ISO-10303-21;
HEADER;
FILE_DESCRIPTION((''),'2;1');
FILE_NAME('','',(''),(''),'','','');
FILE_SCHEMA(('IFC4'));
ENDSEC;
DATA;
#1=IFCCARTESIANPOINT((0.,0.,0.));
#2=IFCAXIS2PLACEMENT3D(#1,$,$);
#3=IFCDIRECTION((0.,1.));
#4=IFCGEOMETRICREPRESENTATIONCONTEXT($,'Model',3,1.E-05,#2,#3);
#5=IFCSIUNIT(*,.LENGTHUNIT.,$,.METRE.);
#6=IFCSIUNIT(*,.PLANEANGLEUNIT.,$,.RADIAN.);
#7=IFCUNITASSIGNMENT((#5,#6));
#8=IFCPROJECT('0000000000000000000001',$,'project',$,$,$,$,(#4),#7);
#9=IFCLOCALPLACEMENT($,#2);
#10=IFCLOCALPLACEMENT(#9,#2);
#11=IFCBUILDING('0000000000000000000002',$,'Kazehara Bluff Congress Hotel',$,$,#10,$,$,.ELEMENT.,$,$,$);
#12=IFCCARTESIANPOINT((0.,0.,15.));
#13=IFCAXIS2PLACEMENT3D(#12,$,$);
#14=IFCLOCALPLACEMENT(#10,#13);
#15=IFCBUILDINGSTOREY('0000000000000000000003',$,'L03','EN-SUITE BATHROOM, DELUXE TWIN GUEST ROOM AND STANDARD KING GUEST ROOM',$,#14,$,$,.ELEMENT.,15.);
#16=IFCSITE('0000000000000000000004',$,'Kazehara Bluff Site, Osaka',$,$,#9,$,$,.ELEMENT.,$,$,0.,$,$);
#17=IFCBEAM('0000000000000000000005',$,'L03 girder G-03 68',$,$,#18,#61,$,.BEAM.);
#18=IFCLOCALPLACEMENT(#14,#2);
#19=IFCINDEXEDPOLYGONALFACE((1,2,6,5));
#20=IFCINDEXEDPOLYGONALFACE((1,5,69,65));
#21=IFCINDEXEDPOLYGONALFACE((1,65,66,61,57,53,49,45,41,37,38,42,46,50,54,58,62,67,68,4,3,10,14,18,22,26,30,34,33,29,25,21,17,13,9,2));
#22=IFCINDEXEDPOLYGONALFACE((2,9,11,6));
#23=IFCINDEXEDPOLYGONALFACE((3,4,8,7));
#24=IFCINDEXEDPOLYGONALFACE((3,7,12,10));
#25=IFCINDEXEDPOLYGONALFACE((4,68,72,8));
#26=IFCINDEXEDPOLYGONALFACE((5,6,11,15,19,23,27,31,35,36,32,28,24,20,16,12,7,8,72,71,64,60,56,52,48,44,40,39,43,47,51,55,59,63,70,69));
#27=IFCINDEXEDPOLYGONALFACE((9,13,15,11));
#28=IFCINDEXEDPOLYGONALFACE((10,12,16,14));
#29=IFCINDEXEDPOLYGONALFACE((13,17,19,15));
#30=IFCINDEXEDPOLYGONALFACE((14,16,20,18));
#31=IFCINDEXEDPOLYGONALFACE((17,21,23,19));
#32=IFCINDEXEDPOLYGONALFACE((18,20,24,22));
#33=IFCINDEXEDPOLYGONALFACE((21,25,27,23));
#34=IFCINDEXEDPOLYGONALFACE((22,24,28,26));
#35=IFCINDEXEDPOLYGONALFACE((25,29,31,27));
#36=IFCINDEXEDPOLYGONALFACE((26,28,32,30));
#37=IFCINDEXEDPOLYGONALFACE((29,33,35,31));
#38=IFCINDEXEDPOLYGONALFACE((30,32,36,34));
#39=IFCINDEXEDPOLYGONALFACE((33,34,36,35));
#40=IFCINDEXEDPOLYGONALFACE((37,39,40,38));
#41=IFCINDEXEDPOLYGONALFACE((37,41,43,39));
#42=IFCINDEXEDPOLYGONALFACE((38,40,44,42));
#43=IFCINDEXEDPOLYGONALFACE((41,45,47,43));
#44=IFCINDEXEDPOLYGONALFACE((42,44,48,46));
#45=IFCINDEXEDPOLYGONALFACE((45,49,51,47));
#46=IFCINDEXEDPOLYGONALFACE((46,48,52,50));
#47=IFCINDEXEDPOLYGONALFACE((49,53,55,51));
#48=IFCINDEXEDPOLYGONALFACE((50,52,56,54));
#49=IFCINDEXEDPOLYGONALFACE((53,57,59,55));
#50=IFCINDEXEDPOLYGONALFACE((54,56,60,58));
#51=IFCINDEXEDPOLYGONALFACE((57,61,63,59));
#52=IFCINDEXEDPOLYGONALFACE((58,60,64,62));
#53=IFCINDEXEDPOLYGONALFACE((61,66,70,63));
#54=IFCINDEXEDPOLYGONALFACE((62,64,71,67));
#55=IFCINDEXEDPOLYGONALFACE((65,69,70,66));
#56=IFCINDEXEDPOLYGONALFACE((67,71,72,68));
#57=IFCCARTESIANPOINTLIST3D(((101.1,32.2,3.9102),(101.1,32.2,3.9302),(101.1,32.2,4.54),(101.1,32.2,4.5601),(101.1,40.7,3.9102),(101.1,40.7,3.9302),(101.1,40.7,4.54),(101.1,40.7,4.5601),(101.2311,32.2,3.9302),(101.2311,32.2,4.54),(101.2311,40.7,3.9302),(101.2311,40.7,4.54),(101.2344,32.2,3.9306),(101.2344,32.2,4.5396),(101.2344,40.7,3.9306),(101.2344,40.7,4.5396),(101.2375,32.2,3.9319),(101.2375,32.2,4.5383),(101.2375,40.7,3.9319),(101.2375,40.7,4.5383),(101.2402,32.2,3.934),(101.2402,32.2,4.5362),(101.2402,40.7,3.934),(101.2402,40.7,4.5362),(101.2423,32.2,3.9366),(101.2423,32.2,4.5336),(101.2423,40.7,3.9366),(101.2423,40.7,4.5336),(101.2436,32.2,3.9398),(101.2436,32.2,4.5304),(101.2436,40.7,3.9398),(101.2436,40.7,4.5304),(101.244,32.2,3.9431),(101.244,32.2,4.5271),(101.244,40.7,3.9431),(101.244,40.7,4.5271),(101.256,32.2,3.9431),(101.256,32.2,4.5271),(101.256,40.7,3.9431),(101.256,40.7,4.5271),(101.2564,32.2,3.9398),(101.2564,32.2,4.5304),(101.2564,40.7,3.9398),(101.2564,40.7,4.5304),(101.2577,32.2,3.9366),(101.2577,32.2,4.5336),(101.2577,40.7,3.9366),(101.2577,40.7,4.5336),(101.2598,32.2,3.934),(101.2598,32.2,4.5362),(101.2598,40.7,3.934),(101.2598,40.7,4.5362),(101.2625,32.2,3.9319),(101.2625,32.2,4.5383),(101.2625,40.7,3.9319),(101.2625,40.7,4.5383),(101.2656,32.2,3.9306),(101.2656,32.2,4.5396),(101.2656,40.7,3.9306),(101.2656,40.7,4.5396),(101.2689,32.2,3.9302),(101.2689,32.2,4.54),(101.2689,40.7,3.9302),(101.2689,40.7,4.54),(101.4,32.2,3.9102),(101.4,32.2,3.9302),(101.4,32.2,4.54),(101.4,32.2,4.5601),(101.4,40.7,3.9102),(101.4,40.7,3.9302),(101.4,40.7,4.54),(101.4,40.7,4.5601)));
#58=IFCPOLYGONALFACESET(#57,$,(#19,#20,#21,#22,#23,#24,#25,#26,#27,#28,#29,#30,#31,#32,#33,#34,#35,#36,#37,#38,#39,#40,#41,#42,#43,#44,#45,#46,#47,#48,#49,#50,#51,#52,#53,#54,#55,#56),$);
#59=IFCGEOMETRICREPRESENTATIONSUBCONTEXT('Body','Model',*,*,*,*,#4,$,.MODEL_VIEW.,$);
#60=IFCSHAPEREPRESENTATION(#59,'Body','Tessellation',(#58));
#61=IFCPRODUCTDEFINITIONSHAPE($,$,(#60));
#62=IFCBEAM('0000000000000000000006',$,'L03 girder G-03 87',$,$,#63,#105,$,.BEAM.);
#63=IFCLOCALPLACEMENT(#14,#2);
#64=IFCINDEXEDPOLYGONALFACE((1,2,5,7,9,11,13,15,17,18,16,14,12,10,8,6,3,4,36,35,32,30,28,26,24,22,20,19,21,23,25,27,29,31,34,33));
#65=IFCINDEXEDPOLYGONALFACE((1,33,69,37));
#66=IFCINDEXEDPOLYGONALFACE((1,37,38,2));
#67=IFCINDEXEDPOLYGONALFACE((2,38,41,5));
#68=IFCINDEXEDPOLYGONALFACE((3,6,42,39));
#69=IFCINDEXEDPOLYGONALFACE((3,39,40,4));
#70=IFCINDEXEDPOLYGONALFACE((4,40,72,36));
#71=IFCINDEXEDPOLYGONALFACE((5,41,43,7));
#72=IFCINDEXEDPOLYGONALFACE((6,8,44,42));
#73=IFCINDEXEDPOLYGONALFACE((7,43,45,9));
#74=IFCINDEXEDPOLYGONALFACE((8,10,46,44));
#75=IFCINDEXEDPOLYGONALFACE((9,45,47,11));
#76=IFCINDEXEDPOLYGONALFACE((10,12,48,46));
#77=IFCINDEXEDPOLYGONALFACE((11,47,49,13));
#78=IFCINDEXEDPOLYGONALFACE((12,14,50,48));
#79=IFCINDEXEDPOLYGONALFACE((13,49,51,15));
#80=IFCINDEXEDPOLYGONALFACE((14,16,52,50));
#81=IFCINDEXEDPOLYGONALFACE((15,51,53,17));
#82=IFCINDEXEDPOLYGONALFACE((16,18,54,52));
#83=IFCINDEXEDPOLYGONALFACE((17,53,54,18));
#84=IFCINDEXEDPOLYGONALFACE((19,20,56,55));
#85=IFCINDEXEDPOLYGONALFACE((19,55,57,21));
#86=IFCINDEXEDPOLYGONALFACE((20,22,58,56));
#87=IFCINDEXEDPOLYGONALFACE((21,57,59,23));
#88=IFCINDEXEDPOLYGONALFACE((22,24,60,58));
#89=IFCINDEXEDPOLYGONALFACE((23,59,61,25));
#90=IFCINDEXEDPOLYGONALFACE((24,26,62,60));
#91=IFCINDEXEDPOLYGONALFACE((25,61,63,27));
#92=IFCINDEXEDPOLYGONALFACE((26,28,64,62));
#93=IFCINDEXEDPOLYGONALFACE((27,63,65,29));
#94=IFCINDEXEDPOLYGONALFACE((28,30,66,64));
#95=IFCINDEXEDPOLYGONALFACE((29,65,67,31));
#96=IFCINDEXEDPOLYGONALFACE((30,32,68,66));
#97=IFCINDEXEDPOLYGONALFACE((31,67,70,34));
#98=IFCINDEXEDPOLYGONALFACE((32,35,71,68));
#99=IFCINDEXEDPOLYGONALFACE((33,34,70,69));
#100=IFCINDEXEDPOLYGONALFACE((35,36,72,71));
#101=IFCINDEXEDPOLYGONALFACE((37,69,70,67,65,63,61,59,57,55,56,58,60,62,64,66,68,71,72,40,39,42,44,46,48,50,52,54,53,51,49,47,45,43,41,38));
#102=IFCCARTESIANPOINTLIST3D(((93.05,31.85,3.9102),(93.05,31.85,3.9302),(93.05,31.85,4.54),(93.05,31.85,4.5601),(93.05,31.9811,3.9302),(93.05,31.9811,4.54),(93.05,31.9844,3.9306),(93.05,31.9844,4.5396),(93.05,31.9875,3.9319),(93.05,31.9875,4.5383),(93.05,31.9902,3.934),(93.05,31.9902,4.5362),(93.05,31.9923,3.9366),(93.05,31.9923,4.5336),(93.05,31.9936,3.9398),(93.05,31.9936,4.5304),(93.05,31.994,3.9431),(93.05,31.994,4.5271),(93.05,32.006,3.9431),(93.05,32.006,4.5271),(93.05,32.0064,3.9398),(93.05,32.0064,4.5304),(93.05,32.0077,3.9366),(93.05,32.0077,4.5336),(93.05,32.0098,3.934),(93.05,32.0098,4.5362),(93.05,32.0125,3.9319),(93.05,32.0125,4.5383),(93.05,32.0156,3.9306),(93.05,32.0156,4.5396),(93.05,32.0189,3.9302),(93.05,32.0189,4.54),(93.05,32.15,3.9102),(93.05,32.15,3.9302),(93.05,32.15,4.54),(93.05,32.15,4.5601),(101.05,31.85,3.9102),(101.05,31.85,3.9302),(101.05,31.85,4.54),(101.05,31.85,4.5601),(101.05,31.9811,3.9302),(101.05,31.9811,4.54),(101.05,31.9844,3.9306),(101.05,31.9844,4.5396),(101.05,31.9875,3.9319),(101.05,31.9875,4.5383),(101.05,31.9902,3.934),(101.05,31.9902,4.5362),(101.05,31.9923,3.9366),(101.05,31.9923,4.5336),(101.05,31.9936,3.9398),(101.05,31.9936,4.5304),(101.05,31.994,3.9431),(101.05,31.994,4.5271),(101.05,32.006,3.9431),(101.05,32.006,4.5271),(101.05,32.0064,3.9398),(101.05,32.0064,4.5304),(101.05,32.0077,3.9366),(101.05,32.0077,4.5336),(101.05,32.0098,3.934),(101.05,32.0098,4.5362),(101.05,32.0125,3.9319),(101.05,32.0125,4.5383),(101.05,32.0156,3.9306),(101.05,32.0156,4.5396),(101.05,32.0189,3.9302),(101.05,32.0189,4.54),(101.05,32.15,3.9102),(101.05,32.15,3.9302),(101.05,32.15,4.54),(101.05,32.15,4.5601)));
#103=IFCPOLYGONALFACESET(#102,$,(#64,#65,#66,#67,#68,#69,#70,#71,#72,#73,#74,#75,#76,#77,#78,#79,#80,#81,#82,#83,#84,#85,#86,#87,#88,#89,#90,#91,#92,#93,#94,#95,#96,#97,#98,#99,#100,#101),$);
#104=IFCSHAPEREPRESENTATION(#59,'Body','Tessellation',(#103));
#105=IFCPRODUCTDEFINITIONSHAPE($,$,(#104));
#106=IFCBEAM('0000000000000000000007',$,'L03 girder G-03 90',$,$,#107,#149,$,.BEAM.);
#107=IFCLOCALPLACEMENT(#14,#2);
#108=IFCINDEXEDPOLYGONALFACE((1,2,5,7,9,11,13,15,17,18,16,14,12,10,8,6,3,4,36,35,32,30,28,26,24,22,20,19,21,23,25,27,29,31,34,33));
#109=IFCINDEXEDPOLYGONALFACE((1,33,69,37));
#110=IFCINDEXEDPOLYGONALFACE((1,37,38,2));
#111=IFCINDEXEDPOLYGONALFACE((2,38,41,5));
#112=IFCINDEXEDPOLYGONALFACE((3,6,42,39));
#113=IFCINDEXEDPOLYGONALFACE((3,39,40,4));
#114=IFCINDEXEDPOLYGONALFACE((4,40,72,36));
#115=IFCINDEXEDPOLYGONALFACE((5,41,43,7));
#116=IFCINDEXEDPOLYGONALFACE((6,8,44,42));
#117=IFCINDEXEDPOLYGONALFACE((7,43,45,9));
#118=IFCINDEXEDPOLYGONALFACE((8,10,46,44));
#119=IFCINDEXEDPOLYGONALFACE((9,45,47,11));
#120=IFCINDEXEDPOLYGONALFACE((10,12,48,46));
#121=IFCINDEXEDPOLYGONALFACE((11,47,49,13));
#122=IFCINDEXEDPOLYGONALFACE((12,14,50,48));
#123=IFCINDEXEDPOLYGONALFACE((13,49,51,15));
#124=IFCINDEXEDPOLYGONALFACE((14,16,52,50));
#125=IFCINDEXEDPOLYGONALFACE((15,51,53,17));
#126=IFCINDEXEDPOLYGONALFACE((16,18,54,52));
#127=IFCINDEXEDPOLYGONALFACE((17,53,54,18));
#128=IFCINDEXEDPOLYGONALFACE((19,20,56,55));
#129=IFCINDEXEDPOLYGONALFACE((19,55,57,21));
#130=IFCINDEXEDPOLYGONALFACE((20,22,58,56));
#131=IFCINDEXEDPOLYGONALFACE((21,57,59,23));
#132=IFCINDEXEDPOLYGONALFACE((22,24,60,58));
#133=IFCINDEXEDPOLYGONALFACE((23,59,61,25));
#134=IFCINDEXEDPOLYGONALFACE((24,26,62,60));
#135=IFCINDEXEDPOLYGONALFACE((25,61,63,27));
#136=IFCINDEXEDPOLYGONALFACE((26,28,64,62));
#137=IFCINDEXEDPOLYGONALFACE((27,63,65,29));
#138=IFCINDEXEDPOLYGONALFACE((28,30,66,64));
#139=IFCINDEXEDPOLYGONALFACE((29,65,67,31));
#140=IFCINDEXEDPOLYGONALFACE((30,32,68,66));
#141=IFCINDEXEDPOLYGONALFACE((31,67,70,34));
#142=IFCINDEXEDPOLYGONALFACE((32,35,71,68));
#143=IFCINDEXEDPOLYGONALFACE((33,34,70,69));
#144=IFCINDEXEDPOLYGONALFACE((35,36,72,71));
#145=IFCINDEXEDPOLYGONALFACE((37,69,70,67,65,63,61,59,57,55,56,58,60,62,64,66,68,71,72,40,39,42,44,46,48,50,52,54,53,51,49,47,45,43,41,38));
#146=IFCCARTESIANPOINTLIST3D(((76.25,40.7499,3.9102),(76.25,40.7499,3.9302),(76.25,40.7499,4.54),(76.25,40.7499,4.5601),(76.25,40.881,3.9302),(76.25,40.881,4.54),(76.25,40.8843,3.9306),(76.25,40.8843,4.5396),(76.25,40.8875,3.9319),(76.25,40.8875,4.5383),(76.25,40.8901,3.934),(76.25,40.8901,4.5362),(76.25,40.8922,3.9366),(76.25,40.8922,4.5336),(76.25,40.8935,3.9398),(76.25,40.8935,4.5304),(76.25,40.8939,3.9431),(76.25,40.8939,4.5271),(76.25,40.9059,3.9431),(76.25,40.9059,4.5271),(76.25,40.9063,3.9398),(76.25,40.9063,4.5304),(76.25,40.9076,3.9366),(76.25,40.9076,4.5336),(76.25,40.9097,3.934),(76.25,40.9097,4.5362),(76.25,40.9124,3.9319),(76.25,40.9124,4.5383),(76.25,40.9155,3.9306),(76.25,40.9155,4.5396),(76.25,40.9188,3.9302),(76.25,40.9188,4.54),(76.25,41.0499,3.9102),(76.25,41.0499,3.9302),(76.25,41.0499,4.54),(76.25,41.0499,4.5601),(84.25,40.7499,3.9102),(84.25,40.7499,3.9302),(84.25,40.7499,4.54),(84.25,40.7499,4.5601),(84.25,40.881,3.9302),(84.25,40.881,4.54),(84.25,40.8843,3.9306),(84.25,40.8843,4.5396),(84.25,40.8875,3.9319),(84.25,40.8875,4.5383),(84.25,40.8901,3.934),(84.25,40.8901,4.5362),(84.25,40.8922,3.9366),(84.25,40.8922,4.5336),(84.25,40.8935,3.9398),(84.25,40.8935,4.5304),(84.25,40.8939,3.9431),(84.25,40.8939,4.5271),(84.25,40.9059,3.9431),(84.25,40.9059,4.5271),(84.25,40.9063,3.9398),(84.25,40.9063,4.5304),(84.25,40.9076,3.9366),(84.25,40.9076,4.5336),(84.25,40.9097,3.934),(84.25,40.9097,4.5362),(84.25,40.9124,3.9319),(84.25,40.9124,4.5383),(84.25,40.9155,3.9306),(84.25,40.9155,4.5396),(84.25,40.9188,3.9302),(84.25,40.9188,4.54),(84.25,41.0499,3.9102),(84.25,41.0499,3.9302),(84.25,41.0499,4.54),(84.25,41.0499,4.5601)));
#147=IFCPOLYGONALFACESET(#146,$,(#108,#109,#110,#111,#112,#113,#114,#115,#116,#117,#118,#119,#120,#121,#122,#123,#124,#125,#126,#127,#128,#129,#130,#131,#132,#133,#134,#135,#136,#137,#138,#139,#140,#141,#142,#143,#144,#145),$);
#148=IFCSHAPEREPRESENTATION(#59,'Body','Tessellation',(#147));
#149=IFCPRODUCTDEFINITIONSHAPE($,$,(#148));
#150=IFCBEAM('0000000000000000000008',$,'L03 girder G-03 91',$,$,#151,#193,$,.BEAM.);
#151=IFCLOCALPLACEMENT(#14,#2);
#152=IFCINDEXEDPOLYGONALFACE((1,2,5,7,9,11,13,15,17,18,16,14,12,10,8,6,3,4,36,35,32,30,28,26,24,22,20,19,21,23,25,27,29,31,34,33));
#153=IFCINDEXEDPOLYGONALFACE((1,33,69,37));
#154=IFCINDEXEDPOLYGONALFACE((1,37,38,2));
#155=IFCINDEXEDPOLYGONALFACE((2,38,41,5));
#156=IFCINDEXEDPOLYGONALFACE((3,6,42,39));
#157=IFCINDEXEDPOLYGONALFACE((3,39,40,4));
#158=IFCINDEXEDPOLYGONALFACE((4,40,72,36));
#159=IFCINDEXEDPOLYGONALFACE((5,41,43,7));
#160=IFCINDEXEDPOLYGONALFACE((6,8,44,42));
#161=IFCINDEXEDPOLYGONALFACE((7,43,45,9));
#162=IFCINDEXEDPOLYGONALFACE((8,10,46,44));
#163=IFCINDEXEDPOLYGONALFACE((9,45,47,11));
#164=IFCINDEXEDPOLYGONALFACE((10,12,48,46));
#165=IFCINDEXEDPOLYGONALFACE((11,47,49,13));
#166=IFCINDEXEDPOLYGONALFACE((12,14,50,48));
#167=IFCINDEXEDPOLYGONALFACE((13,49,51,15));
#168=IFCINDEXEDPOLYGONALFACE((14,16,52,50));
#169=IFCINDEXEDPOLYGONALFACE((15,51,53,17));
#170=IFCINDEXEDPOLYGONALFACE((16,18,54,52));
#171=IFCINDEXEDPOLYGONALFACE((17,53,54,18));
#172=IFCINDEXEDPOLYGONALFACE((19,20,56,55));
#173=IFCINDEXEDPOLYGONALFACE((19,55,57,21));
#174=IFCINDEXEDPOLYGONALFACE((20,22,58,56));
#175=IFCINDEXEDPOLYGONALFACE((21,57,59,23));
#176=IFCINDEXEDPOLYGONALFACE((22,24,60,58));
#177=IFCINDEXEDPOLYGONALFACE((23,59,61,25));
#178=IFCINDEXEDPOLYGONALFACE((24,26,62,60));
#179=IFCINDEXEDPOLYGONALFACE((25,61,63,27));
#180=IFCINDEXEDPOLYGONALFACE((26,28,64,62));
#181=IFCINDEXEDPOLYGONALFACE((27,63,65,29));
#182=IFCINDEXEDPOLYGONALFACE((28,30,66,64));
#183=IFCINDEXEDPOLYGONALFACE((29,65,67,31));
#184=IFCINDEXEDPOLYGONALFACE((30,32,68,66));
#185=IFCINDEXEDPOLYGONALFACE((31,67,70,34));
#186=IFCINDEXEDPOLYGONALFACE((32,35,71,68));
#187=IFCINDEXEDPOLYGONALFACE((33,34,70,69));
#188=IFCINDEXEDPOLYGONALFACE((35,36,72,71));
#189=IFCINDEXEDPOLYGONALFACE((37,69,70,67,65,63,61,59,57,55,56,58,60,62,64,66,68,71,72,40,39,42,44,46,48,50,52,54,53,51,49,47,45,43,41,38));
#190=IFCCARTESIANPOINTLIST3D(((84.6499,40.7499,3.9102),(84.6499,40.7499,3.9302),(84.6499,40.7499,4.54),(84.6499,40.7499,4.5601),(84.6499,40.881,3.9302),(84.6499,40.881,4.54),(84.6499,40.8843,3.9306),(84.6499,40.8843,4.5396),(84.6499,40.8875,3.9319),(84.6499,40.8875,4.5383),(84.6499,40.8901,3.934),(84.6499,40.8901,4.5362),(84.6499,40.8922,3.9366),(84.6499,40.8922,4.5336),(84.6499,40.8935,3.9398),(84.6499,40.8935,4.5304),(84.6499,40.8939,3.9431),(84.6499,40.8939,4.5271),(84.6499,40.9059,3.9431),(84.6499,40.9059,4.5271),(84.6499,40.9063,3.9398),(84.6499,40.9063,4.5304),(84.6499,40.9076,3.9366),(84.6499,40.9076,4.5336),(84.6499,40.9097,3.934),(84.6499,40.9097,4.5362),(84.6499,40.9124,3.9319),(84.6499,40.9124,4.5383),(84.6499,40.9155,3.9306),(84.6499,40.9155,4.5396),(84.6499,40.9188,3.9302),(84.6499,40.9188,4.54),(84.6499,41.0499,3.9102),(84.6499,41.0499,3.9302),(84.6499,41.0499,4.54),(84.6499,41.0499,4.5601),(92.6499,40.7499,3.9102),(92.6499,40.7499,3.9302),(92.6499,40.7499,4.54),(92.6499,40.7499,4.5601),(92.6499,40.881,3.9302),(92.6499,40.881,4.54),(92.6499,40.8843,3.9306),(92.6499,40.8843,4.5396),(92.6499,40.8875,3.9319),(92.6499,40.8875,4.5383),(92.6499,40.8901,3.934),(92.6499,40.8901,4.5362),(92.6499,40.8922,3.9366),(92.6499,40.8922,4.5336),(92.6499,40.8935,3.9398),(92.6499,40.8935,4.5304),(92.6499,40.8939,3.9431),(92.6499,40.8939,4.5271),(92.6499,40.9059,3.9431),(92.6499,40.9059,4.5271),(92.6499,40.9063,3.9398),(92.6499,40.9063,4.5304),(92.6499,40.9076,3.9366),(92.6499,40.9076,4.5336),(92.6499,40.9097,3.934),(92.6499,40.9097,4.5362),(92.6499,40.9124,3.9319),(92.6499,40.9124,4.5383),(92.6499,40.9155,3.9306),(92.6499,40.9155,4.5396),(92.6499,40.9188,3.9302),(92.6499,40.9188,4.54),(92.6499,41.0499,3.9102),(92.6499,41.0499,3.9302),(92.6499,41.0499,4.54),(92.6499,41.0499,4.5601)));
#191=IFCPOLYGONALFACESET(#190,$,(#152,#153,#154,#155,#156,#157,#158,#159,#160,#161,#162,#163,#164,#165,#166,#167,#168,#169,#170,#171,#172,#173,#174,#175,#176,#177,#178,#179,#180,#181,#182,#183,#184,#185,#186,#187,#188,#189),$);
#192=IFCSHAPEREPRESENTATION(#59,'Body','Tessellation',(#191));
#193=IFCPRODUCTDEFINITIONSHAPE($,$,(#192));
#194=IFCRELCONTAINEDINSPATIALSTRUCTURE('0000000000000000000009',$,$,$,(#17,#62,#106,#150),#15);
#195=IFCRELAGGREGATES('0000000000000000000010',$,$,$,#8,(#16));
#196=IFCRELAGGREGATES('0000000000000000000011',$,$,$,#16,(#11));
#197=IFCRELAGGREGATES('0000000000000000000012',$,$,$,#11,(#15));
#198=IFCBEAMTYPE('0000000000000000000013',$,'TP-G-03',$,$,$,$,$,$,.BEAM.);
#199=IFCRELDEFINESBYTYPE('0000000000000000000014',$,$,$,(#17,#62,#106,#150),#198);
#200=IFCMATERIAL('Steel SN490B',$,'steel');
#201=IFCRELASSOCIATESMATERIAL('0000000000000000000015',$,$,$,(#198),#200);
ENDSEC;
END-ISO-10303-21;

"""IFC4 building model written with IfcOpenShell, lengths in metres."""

from ifc_helpers import new_model, si_unit, direction, frame, origin, origin_2d, place, context, subcontext, project, spatial, i_section, extrude, material, material_profile, profile_set, type_object, element, save


model = new_model("IFC4")

# Units and contexts
model_context = context("Model", 3, precision=1e-05, world=origin(), true_north=direction((0.0, 1.0)))
body_context = subcontext(model_context, "Body", "Model", "MODEL_VIEW")
ifc_project = project(units=[si_unit("LENGTHUNIT", "METRE"), si_unit("PLANEANGLEUNIT", "RADIAN")], contexts=[model_context])

# Site, building, storey
site_placement = place(None, origin())
site = spatial("IfcSite", under=ifc_project, at=site_placement, Name="Kazehara Bluff Site, Osaka", CompositionType="ELEMENT", RefElevation=0.0)
building_placement = place(site_placement, origin())
building = spatial("IfcBuilding", under=site, at=building_placement, Name="Kazehara Bluff Congress Hotel", CompositionType="ELEMENT")
storey_placement = place(building_placement, frame((0.0, 0.0, 15.0)))
storey = spatial("IfcBuildingStorey", under=building, at=storey_placement, Name="L03", Description="EN-SUITE BATHROOM, DELUXE TWIN GUEST ROOM AND STANDARD KING GUEST ROOM", CompositionType="ELEMENT", Elevation=15.0)

# Beams
ifc_material_1 = material(Name="Steel SN490B", Category="steel")
ifc_material_profile_1 = material_profile(ifc_material_1, i_section(OverallWidth=0.3, OverallDepth=0.6499, WebThickness=0.012, FlangeThickness=0.02, FilletRadius=0.0129, at=origin_2d()))
ifc_profile_set_1 = profile_set([ifc_material_profile_1], Name="Steel SN490B")
beam_type_1 = type_object("IfcBeamType", Name="TP-G-03", PredefinedType="BEAM", material=ifc_profile_set_1)
beam_1_placement = place(storey_placement, frame((101.25, 32.2, 4.2351), z_axis=(0.0, 1.0, 0.0), x_axis=(-1.0, 0.0, 0.0)))
element("IfcBeam", 1, at=beam_1_placement, inside=storey, type_object=beam_type_1, Name="L03 girder G-03 68", PredefinedType="BEAM", context=body_context, shape_type="SweptSolid", body=[
    extrude(i_section(OverallWidth=0.3, OverallDepth=0.6499, WebThickness=0.012, FlangeThickness=0.02, FilletRadius=0.0129, at=origin_2d()), origin(), (0.0, 0.0, 1.0), 8.5),
])
for number, where, z_axis, x_axis, name in (
    (2, (93.05, 32.0, 4.2351), (1.0, 0.0, 0.0), (0.0, 1.0, 0.0), "L03 girder G-03 87"),
    (3, (76.25, 40.8999, 4.2351), (1.0, 0.0, 0.0), (0.0, 1.0, 0.0), "L03 girder G-03 90"),
    (4, (84.6499, 40.8999, 4.2351), (1.0, 0.0, 0.0), (0.0, 1.0, 0.0), "L03 girder G-03 91"),
):
    element("IfcBeam", number, at=place(storey_placement, frame(where, z_axis=z_axis, x_axis=x_axis)), inside=storey, type_object=beam_type_1, Name=name, PredefinedType="BEAM", context=body_context, shape_type="SweptSolid", body=[
        extrude(i_section(OverallWidth=0.3, OverallDepth=0.6499, WebThickness=0.012, FlangeThickness=0.02, FilletRadius=0.0129, at=origin_2d()), origin(), (0.0, 0.0, 1.0), 8.0),
    ])

save(model, "model.ifc")
